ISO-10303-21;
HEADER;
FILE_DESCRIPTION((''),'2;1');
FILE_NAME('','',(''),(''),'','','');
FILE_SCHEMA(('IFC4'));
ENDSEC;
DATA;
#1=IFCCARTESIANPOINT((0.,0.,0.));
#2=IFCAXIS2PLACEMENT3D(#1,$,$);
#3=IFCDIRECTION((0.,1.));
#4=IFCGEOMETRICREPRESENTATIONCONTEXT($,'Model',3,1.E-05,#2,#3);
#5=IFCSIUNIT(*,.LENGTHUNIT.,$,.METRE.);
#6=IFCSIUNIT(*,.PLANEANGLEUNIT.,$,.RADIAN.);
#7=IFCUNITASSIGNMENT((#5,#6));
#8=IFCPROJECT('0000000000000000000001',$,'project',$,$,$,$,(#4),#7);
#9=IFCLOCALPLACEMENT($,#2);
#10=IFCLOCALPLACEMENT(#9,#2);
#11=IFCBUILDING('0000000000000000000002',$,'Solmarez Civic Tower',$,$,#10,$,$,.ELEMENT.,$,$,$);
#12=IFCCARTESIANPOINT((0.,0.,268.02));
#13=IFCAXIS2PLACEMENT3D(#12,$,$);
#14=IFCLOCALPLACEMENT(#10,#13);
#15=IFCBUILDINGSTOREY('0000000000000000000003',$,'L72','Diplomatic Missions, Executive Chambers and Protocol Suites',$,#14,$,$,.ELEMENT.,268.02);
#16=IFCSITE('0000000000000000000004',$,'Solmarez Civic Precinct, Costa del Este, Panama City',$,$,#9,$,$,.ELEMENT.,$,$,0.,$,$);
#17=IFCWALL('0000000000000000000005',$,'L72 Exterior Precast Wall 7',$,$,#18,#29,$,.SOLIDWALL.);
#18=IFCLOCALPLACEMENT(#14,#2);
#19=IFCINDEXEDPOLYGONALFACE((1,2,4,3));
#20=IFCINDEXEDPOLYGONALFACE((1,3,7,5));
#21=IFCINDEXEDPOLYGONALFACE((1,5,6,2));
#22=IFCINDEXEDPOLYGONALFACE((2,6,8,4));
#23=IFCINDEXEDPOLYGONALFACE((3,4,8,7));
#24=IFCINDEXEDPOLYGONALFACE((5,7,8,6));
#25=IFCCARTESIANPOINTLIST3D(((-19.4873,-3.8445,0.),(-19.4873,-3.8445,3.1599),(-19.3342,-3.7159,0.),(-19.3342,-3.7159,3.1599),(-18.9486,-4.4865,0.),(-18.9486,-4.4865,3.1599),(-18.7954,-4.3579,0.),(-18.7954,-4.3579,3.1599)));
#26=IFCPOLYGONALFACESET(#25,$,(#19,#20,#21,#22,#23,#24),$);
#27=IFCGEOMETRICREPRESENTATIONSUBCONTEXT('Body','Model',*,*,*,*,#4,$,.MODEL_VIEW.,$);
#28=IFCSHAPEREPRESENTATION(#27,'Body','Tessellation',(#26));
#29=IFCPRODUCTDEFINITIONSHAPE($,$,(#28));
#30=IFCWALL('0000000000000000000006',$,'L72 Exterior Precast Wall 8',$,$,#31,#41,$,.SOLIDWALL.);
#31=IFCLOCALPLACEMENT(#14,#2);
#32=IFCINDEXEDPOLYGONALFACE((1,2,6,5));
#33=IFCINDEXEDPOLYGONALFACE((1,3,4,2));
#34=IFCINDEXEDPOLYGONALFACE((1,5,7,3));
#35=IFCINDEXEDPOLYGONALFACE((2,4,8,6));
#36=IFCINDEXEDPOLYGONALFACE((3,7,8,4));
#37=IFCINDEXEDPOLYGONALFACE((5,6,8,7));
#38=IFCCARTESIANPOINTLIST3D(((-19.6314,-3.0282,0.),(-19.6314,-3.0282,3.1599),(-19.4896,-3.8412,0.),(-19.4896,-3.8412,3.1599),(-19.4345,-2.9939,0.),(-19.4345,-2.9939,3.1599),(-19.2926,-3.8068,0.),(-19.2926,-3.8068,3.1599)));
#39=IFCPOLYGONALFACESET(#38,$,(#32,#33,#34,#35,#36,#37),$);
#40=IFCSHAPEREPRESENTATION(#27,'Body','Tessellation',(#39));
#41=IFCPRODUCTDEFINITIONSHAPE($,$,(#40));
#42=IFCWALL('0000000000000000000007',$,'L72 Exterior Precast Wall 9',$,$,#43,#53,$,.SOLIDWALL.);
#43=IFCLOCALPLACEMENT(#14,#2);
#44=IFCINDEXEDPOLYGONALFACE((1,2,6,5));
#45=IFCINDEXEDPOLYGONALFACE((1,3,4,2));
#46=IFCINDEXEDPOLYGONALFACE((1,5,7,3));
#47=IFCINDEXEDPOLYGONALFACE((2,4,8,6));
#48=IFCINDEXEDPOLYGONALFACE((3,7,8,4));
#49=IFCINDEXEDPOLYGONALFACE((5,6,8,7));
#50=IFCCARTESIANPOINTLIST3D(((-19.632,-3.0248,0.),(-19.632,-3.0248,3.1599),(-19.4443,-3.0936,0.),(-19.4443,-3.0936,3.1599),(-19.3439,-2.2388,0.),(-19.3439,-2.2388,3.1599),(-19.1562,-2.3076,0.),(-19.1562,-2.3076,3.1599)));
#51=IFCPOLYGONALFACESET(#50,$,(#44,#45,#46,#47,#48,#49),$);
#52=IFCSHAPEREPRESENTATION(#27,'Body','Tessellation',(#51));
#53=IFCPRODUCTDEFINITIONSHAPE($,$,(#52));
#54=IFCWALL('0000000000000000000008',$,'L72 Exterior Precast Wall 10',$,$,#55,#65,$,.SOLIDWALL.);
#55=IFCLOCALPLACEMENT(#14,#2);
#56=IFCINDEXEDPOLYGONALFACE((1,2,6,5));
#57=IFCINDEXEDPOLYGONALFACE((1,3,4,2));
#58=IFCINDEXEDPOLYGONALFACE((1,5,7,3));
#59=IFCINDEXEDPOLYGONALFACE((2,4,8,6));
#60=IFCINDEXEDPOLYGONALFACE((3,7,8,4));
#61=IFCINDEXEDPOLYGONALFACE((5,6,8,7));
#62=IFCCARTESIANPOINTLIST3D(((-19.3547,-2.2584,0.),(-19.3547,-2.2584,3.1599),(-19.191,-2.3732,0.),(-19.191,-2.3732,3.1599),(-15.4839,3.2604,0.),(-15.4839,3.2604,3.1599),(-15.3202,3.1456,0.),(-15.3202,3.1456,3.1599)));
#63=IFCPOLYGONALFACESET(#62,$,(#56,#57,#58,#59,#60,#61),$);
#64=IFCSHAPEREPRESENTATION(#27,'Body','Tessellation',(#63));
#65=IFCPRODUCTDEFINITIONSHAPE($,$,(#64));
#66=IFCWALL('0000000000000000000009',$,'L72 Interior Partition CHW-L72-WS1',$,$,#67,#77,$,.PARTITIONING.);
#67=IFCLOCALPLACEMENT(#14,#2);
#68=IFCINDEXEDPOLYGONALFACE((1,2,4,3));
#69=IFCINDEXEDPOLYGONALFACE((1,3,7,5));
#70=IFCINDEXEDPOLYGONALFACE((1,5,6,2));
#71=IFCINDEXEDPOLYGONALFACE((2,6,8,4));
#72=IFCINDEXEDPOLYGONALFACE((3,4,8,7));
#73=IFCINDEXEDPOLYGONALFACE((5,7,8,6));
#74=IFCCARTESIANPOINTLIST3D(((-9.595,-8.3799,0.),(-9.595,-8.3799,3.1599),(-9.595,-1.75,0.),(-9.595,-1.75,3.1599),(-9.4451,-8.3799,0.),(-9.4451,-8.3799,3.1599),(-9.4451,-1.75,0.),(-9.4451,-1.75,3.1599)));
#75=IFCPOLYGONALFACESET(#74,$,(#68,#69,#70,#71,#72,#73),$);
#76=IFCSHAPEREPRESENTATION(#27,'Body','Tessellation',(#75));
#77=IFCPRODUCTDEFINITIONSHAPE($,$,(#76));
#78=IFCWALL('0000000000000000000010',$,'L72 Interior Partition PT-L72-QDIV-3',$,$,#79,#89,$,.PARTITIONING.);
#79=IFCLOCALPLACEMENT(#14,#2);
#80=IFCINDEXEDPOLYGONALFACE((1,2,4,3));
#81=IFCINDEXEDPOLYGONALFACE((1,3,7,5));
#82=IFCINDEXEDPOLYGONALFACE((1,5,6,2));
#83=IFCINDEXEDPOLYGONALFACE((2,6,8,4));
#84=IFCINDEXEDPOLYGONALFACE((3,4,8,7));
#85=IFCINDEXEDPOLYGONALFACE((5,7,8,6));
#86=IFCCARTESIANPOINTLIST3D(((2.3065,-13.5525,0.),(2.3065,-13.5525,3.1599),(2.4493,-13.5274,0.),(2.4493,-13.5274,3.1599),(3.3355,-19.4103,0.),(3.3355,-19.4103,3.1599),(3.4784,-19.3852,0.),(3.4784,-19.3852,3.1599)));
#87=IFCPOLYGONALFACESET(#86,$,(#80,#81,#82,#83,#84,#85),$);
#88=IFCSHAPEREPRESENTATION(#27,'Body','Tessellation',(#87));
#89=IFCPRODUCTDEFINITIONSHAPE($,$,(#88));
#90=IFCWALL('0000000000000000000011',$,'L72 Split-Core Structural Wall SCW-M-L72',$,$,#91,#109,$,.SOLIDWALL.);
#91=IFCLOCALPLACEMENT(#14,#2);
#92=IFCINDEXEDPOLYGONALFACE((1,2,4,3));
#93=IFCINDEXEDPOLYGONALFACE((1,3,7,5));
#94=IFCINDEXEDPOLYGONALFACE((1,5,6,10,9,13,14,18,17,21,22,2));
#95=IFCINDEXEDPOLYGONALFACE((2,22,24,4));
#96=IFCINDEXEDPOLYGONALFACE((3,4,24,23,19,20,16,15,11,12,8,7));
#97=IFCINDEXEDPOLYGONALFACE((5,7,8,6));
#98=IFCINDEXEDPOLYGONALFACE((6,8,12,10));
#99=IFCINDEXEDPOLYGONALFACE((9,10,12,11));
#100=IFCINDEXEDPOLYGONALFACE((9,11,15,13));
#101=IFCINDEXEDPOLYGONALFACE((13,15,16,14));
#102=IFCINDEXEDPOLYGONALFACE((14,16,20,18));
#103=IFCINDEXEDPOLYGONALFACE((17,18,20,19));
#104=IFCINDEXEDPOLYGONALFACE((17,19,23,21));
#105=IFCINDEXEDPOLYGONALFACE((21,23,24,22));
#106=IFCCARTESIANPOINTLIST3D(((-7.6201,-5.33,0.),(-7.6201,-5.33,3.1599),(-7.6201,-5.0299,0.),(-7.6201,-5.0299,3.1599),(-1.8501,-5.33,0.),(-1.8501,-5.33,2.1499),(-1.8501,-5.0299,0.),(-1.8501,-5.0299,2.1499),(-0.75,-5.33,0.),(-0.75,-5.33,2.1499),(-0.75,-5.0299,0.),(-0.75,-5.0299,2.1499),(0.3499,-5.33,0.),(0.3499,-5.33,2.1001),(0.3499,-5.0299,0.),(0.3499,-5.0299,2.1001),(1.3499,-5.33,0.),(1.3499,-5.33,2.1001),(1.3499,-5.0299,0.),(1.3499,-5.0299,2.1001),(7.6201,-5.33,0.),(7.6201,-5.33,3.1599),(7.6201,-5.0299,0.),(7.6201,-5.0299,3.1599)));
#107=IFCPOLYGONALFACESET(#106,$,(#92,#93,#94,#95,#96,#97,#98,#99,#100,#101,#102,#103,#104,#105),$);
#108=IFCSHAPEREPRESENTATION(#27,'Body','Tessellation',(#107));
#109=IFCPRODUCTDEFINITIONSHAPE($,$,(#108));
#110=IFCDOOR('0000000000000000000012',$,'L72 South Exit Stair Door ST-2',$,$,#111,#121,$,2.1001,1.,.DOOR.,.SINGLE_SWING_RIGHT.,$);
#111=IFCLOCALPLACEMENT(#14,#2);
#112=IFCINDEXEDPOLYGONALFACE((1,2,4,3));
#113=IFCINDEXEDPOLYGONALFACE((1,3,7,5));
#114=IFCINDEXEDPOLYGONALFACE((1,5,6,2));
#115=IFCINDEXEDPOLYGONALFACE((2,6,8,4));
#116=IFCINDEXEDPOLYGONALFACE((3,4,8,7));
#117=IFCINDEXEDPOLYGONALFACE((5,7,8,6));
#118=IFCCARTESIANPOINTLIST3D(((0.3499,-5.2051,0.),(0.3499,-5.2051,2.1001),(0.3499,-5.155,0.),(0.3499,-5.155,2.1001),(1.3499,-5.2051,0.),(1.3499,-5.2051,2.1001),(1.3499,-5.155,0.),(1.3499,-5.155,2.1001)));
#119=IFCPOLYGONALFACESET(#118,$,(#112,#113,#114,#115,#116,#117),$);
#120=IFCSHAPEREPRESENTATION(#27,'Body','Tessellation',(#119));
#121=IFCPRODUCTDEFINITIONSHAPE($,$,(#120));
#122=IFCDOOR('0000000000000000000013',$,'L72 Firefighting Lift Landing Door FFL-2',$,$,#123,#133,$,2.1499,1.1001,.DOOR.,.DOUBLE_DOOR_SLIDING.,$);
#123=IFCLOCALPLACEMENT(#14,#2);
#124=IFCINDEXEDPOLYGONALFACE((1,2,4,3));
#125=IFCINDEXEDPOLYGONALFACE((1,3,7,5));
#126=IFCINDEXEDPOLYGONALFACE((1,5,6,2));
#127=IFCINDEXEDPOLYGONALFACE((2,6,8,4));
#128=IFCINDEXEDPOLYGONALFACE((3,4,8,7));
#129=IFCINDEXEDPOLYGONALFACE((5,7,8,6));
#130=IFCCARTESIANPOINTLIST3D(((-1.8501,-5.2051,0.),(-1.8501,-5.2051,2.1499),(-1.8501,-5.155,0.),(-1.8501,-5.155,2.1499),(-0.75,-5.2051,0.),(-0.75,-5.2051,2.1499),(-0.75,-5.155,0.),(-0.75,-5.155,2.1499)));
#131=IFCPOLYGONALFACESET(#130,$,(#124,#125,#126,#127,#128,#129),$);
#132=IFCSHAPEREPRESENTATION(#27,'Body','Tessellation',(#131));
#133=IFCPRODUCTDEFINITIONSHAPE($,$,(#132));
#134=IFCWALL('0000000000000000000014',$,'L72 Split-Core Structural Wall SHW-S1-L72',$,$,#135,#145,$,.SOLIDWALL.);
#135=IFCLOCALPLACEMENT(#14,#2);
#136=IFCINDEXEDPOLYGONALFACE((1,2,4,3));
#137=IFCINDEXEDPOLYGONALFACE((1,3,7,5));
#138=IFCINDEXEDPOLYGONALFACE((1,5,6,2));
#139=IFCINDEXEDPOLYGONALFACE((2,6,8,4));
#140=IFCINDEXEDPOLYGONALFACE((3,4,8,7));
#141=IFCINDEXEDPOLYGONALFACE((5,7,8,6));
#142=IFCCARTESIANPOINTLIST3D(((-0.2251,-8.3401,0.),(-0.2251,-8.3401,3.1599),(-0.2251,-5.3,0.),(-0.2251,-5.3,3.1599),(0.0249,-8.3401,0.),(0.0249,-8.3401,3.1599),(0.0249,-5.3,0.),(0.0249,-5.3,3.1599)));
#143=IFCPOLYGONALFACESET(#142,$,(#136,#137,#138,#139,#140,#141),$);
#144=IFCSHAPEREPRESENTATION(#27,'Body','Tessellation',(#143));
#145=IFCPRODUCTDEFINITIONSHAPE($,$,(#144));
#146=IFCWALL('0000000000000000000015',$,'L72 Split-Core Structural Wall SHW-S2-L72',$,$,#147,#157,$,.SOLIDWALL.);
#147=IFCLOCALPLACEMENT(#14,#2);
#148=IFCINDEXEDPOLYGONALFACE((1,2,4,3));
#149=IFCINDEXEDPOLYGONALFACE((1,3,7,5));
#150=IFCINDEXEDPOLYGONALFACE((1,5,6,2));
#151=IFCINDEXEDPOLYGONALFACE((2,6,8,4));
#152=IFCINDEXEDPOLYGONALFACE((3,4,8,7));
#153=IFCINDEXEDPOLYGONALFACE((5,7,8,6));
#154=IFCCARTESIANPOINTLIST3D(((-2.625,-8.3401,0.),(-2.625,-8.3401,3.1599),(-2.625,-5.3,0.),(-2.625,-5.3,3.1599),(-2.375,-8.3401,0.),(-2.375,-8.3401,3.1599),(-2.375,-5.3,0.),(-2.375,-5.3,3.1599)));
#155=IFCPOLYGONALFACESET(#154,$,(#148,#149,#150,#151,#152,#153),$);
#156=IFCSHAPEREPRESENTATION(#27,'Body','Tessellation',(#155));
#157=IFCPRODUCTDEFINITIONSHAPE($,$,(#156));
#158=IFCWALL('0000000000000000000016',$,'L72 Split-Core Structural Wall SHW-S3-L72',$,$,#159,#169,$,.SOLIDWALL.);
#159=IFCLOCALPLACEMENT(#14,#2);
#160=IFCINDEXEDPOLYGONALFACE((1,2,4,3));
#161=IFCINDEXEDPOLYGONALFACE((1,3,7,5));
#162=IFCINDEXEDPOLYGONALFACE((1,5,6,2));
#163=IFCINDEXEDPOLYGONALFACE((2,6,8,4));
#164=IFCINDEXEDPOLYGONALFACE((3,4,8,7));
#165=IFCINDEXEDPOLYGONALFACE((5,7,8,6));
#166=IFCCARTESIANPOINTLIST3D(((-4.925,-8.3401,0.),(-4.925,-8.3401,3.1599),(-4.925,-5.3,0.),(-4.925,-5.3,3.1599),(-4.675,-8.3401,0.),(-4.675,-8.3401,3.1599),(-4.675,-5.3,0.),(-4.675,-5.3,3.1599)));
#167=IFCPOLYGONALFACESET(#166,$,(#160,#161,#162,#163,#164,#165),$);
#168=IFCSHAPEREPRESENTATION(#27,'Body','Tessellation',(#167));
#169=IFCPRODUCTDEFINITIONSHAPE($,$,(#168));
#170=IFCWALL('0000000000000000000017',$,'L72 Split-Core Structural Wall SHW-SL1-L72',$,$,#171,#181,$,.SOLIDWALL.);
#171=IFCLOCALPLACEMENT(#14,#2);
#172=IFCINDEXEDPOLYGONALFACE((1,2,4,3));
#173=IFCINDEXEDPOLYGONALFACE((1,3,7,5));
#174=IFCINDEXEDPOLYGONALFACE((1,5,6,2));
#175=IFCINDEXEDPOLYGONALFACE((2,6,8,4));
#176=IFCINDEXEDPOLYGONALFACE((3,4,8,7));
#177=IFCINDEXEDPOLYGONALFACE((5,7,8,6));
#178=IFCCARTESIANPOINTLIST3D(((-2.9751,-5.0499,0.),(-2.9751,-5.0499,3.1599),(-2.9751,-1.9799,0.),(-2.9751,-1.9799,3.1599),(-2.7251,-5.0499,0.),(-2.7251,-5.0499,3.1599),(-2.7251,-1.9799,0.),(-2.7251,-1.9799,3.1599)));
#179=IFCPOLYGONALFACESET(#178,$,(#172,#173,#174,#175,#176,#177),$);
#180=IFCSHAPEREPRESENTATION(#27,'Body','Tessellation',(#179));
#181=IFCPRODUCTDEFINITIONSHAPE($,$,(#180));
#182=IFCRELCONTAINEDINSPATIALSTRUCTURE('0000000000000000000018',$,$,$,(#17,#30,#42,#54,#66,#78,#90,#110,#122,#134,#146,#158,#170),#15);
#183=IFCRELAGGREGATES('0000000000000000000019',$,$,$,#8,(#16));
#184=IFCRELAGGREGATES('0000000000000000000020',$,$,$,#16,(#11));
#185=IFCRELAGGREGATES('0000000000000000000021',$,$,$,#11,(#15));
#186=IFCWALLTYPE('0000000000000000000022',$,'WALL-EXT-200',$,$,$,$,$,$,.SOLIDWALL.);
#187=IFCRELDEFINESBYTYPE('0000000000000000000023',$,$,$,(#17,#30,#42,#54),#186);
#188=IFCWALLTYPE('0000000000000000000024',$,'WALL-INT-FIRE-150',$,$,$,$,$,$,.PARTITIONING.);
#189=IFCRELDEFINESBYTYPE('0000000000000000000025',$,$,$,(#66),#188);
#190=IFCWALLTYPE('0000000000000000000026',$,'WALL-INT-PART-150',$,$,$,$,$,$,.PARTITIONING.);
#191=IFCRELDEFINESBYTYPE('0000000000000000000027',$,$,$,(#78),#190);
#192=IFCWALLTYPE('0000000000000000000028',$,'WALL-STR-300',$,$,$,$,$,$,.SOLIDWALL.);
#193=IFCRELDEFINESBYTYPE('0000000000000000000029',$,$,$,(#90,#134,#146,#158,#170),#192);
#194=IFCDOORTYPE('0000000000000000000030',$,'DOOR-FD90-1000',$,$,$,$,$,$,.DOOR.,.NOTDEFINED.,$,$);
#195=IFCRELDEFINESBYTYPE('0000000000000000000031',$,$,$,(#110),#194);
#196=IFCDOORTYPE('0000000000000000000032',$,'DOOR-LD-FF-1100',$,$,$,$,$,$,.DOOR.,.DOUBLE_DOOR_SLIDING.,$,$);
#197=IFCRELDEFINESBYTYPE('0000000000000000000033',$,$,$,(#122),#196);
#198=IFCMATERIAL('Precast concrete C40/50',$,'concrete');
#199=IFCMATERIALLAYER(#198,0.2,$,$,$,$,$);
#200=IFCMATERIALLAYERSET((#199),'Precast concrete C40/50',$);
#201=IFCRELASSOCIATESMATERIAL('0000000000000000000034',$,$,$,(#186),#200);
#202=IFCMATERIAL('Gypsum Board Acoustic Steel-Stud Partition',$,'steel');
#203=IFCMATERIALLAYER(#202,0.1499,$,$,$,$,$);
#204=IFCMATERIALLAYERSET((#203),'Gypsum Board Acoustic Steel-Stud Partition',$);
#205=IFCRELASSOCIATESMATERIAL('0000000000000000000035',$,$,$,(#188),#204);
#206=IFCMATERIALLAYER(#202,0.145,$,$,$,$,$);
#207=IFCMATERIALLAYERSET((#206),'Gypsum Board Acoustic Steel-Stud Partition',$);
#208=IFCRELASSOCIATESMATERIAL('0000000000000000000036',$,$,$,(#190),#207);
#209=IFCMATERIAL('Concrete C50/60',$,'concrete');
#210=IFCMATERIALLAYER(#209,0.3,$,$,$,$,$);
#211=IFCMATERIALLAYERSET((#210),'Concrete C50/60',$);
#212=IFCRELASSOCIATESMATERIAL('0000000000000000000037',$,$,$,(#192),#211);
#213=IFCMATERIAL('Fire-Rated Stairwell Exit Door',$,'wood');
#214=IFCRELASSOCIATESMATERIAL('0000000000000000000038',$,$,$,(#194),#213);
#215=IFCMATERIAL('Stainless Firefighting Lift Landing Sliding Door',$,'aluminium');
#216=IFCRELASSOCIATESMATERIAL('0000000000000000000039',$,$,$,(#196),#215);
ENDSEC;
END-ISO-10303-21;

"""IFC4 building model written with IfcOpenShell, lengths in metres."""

from ifc_helpers import new_model, si_unit, direction, frame, frame_2d, origin, place, context, subcontext, project, spatial, rectangle, extrude, material, layer, layer_set, type_object, element, fill, save


model = new_model("IFC4")

# Units and contexts
model_context = context("Model", 3, precision=1e-05, world=origin(), true_north=direction((0.0, 1.0)))
body_context = subcontext(model_context, "Body", "Model", "MODEL_VIEW")
ifc_project = project(units=[si_unit("LENGTHUNIT", "METRE"), si_unit("PLANEANGLEUNIT", "RADIAN")], contexts=[model_context])

# Site, building, storey
site_placement = place(None, origin())
site = spatial("IfcSite", under=ifc_project, at=site_placement, Name="Solmarez Civic Precinct, Costa del Este, Panama City", CompositionType="ELEMENT", RefElevation=0.0)
building_placement = place(site_placement, origin())
building = spatial("IfcBuilding", under=site, at=building_placement, Name="Solmarez Civic Tower", CompositionType="ELEMENT")
storey_placement = place(building_placement, frame((0.0, 0.0, 268.02)))
storey = spatial("IfcBuildingStorey", under=building, at=storey_placement, Name="L72", Description="Diplomatic Missions, Executive Chambers and Protocol Suites", CompositionType="ELEMENT", Elevation=268.02)

# Shared definitions
ifc_material_1 = material(Name="Concrete C50/60", Category="concrete")

# Shared definitions
ifc_material_2 = material(Name="Precast concrete C40/50", Category="concrete")
ifc_layer_1 = layer(ifc_material_2, 0.2)
ifc_layer_set_1 = layer_set([ifc_layer_1], Name="Precast concrete C40/50")
wall_type_1 = type_object("IfcWallType", Name="WALL-EXT-200", PredefinedType="SOLIDWALL", material=ifc_layer_set_1)

# Walls
wall_1_placement = place(storey_placement, frame((-18.8721, -4.4221, 0.0), z_axis=(0.0, 0.0, 1.0), x_axis=(-0.642816, 0.76602, 0.0)))
element("IfcWall", 1, at=wall_1_placement, inside=storey, type_object=wall_type_1, Name="L72 Exterior Precast Wall 7", PredefinedType="SOLIDWALL", context=body_context, shape_type="SweptSolid", body=[
    extrude(rectangle(XDim=0.8381, YDim=0.2, at=frame_2d((0.4189, 0.0))), origin(), (0.0, 0.0, 1.0), 3.1599),
])
wall_2_placement = place(storey_placement, frame((-19.3911, -3.824, 0.0), z_axis=(0.0, 0.0, 1.0), x_axis=(-0.171878, 0.985118, 0.0)))
element("IfcWall", 2, at=wall_2_placement, inside=storey, type_object=wall_type_1, Name="L72 Exterior Precast Wall 8", PredefinedType="SOLIDWALL", context=body_context, shape_type="SweptSolid", body=[
    extrude(rectangle(XDim=0.8252, YDim=0.2, at=frame_2d((0.4126, 0.0))), origin(), (0.0, 0.0, 1.0), 3.1599),
])
wall_3_placement = place(storey_placement, frame((-19.5381, -3.0591, 0.0), z_axis=(0.0, 0.0, 1.0), x_axis=(0.344083, 0.938939, 0.0)))
element("IfcWall", 3, at=wall_3_placement, inside=storey, type_object=wall_type_1, Name="L72 Exterior Precast Wall 9", PredefinedType="SOLIDWALL", context=body_context, shape_type="SweptSolid", body=[
    extrude(rectangle(XDim=0.8372, YDim=0.2, at=frame_2d((0.4185, 0.0))), origin(), (0.0, 0.0, 1.0), 3.1599),
])
wall_4_placement = place(storey_placement, frame((-19.2729, -2.3159, 0.0), z_axis=(0.0, 0.0, 1.0), x_axis=(0.574228, 0.818696, 0.0)))
element("IfcWall", 4, at=wall_4_placement, inside=storey, type_object=wall_type_1, Name="L72 Exterior Precast Wall 10", PredefinedType="SOLIDWALL", context=body_context, shape_type="SweptSolid", body=[
    extrude(rectangle(XDim=6.741, YDim=0.2, at=frame_2d((3.3706, 0.0))), origin(), (0.0, 0.0, 1.0), 3.1599),
])
ifc_material_3 = material(Name="Gypsum Board Acoustic Steel-Stud Partition", Category="steel")
ifc_layer_2 = layer(ifc_material_3, 0.1499)
ifc_layer_set_2 = layer_set([ifc_layer_2], Name="Gypsum Board Acoustic Steel-Stud Partition")
wall_type_2 = type_object("IfcWallType", Name="WALL-INT-FIRE-150", PredefinedType="PARTITIONING", material=ifc_layer_set_2)
wall_5_placement = place(storey_placement, frame((-9.52, -8.3799, 0.0), z_axis=(0.0, 0.0, 1.0), x_axis=(0.0, 1.0, 0.0)))
element("IfcWall", 5, at=wall_5_placement, inside=storey, type_object=wall_type_2, Name="L72 Interior Partition CHW-L72-WS1", PredefinedType="PARTITIONING", context=body_context, shape_type="SweptSolid", body=[
    extrude(rectangle(XDim=6.6299, YDim=0.1499, at=frame_2d((3.3149, 0.0))), origin(), (0.0, 0.0, 1.0), 3.1599),
])
ifc_layer_3 = layer(ifc_material_3, 0.145)
ifc_layer_set_3 = layer_set([ifc_layer_3], Name="Gypsum Board Acoustic Steel-Stud Partition")
wall_type_3 = type_object("IfcWallType", Name="WALL-INT-PART-150", PredefinedType="PARTITIONING", material=ifc_layer_set_3)
wall_6_placement = place(storey_placement, frame((2.3779, -13.54, 0.0), z_axis=(0.0, 0.0, 1.0), x_axis=(0.17302, -0.984918, 0.0)))
element("IfcWall", 6, at=wall_6_placement, inside=storey, type_object=wall_type_3, Name="L72 Interior Partition PT-L72-QDIV-3", PredefinedType="PARTITIONING", context=body_context, shape_type="SweptSolid", body=[
    extrude(rectangle(XDim=5.9475, YDim=0.145, at=frame_2d((2.9736, 0.0))), origin(), (0.0, 0.0, 1.0), 3.1599),
])

# Wall, openings, doors
ifc_layer_4 = layer(ifc_material_1, 0.3)
ifc_layer_set_4 = layer_set([ifc_layer_4], Name="Concrete C50/60")
wall_type_4 = type_object("IfcWallType", Name="WALL-STR-300", PredefinedType="SOLIDWALL", material=ifc_layer_set_4)
wall_7_placement = place(storey_placement, frame((-7.6201, -5.1799, 0.0), z_axis=(0.0, 0.0, 1.0), x_axis=(1.0, 0.0, 0.0)))
wall_7 = element("IfcWall", 7, at=wall_7_placement, inside=storey, type_object=wall_type_4, Name="L72 Split-Core Structural Wall SCW-M-L72", PredefinedType="SOLIDWALL", context=body_context, shape_type="SweptSolid", body=[
    extrude(rectangle(XDim=15.2402, YDim=0.3, at=frame_2d((7.6201, 0.0))), origin(), (0.0, 0.0, 1.0), 3.1599),
])
opening_1_placement = place(wall_7_placement, frame((5.77, 0.0, 0.0)))
opening_1 = element("IfcOpeningElement", 8, at=opening_1_placement, cuts=wall_7, PredefinedType="OPENING", context=body_context, shape_type="SweptSolid", body=[
    extrude(rectangle(XDim=1.1001, YDim=2.1499, at=frame_2d((0.55, 1.075))), frame((0.0, 0.1599, 0.0), z_axis=(0.0, -1.0, 0.0), x_axis=(1.0, 0.0, 0.0)), (0.0, 0.0, 1.0), 0.3201),
])
opening_2_placement = place(wall_7_placement, frame((7.97, 0.0, 0.0)))
opening_2 = element("IfcOpeningElement", 9, at=opening_2_placement, cuts=wall_7, PredefinedType="OPENING", context=body_context, shape_type="SweptSolid", body=[
    extrude(rectangle(XDim=1.0, YDim=2.1001, at=frame_2d((0.5, 1.05))), frame((0.0, 0.1599, 0.0), z_axis=(0.0, -1.0, 0.0), x_axis=(1.0, 0.0, 0.0)), (0.0, 0.0, 1.0), 0.3201),
])
ifc_material_4 = material(Name="Fire-Rated Stairwell Exit Door", Category="wood")
door_type_1 = type_object("IfcDoorType", Name="DOOR-FD90-1000", OperationType="NOTDEFINED", PredefinedType="DOOR", material=ifc_material_4)
door_1_placement = place(opening_2_placement, origin())
door_1 = element("IfcDoor", 10, at=door_1_placement, inside=storey, type_object=door_type_1, Name="L72 South Exit Stair Door ST-2", OperationType="SINGLE_SWING_RIGHT", OverallHeight=2.1001, OverallWidth=1.0, PredefinedType="DOOR", context=body_context, shape_type="SweptSolid", body=[
    extrude(rectangle(XDim=1.0, YDim=2.1001, at=frame_2d((0.5, 1.05))), frame((0.0, 0.0249, 0.0), z_axis=(0.0, -1.0, 0.0), x_axis=(1.0, 0.0, 0.0)), (0.0, 0.0, 1.0), 0.05),
])
fill(opening_2, door_1)
ifc_material_5 = material(Name="Stainless Firefighting Lift Landing Sliding Door", Category="aluminium")
door_type_2 = type_object("IfcDoorType", Name="DOOR-LD-FF-1100", OperationType="DOUBLE_DOOR_SLIDING", PredefinedType="DOOR", material=ifc_material_5)
door_2_placement = place(opening_1_placement, origin())
door_2 = element("IfcDoor", 11, at=door_2_placement, inside=storey, type_object=door_type_2, Name="L72 Firefighting Lift Landing Door FFL-2", OperationType="DOUBLE_DOOR_SLIDING", OverallHeight=2.1499, OverallWidth=1.1001, PredefinedType="DOOR", context=body_context, shape_type="SweptSolid", body=[
    extrude(rectangle(XDim=1.1001, YDim=2.1499, at=frame_2d((0.55, 1.075))), frame((0.0, 0.0249, 0.0), z_axis=(0.0, -1.0, 0.0), x_axis=(1.0, 0.0, 0.0)), (0.0, 0.0, 1.0), 0.05),
])
fill(opening_1, door_2)

# Walls
for number, where, z_axis, x_axis, name in (
    (12, (-0.1001, -8.3401, 0.0), (0.0, 0.0, 1.0), (0.0, 1.0, 0.0), "L72 Split-Core Structural Wall SHW-S1-L72"),
    (13, (-2.5, -8.3401, 0.0), (0.0, 0.0, 1.0), (0.0, 1.0, 0.0), "L72 Split-Core Structural Wall SHW-S2-L72"),
    (14, (-4.8, -8.3401, 0.0), (0.0, 0.0, 1.0), (0.0, 1.0, 0.0), "L72 Split-Core Structural Wall SHW-S3-L72"),
):
    element("IfcWall", number, at=place(storey_placement, frame(where, z_axis=z_axis, x_axis=x_axis)), inside=storey, type_object=wall_type_4, Name=name, PredefinedType="SOLIDWALL", context=body_context, shape_type="SweptSolid", body=[
        extrude(rectangle(XDim=3.04, YDim=0.25, at=frame_2d((1.52, 0.0))), origin(), (0.0, 0.0, 1.0), 3.1599),
    ])
for number, where, z_axis, x_axis, name in (
    (15, (-2.8501, -5.05, 0.0), (0.0, 0.0, 1.0), (0.0, 1.0, 0.0), "L72 Split-Core Structural Wall SHW-SL1-L72"),
):
    element("IfcWall", number, at=place(storey_placement, frame(where, z_axis=z_axis, x_axis=x_axis)), inside=storey, type_object=wall_type_4, Name=name, PredefinedType="SOLIDWALL", context=body_context, shape_type="SweptSolid", body=[
        extrude(rectangle(XDim=3.0701, YDim=0.25, at=frame_2d((1.5352, 0.0))), origin(), (0.0, 0.0, 1.0), 3.1599),
    ])

save(model, "model.ifc")
